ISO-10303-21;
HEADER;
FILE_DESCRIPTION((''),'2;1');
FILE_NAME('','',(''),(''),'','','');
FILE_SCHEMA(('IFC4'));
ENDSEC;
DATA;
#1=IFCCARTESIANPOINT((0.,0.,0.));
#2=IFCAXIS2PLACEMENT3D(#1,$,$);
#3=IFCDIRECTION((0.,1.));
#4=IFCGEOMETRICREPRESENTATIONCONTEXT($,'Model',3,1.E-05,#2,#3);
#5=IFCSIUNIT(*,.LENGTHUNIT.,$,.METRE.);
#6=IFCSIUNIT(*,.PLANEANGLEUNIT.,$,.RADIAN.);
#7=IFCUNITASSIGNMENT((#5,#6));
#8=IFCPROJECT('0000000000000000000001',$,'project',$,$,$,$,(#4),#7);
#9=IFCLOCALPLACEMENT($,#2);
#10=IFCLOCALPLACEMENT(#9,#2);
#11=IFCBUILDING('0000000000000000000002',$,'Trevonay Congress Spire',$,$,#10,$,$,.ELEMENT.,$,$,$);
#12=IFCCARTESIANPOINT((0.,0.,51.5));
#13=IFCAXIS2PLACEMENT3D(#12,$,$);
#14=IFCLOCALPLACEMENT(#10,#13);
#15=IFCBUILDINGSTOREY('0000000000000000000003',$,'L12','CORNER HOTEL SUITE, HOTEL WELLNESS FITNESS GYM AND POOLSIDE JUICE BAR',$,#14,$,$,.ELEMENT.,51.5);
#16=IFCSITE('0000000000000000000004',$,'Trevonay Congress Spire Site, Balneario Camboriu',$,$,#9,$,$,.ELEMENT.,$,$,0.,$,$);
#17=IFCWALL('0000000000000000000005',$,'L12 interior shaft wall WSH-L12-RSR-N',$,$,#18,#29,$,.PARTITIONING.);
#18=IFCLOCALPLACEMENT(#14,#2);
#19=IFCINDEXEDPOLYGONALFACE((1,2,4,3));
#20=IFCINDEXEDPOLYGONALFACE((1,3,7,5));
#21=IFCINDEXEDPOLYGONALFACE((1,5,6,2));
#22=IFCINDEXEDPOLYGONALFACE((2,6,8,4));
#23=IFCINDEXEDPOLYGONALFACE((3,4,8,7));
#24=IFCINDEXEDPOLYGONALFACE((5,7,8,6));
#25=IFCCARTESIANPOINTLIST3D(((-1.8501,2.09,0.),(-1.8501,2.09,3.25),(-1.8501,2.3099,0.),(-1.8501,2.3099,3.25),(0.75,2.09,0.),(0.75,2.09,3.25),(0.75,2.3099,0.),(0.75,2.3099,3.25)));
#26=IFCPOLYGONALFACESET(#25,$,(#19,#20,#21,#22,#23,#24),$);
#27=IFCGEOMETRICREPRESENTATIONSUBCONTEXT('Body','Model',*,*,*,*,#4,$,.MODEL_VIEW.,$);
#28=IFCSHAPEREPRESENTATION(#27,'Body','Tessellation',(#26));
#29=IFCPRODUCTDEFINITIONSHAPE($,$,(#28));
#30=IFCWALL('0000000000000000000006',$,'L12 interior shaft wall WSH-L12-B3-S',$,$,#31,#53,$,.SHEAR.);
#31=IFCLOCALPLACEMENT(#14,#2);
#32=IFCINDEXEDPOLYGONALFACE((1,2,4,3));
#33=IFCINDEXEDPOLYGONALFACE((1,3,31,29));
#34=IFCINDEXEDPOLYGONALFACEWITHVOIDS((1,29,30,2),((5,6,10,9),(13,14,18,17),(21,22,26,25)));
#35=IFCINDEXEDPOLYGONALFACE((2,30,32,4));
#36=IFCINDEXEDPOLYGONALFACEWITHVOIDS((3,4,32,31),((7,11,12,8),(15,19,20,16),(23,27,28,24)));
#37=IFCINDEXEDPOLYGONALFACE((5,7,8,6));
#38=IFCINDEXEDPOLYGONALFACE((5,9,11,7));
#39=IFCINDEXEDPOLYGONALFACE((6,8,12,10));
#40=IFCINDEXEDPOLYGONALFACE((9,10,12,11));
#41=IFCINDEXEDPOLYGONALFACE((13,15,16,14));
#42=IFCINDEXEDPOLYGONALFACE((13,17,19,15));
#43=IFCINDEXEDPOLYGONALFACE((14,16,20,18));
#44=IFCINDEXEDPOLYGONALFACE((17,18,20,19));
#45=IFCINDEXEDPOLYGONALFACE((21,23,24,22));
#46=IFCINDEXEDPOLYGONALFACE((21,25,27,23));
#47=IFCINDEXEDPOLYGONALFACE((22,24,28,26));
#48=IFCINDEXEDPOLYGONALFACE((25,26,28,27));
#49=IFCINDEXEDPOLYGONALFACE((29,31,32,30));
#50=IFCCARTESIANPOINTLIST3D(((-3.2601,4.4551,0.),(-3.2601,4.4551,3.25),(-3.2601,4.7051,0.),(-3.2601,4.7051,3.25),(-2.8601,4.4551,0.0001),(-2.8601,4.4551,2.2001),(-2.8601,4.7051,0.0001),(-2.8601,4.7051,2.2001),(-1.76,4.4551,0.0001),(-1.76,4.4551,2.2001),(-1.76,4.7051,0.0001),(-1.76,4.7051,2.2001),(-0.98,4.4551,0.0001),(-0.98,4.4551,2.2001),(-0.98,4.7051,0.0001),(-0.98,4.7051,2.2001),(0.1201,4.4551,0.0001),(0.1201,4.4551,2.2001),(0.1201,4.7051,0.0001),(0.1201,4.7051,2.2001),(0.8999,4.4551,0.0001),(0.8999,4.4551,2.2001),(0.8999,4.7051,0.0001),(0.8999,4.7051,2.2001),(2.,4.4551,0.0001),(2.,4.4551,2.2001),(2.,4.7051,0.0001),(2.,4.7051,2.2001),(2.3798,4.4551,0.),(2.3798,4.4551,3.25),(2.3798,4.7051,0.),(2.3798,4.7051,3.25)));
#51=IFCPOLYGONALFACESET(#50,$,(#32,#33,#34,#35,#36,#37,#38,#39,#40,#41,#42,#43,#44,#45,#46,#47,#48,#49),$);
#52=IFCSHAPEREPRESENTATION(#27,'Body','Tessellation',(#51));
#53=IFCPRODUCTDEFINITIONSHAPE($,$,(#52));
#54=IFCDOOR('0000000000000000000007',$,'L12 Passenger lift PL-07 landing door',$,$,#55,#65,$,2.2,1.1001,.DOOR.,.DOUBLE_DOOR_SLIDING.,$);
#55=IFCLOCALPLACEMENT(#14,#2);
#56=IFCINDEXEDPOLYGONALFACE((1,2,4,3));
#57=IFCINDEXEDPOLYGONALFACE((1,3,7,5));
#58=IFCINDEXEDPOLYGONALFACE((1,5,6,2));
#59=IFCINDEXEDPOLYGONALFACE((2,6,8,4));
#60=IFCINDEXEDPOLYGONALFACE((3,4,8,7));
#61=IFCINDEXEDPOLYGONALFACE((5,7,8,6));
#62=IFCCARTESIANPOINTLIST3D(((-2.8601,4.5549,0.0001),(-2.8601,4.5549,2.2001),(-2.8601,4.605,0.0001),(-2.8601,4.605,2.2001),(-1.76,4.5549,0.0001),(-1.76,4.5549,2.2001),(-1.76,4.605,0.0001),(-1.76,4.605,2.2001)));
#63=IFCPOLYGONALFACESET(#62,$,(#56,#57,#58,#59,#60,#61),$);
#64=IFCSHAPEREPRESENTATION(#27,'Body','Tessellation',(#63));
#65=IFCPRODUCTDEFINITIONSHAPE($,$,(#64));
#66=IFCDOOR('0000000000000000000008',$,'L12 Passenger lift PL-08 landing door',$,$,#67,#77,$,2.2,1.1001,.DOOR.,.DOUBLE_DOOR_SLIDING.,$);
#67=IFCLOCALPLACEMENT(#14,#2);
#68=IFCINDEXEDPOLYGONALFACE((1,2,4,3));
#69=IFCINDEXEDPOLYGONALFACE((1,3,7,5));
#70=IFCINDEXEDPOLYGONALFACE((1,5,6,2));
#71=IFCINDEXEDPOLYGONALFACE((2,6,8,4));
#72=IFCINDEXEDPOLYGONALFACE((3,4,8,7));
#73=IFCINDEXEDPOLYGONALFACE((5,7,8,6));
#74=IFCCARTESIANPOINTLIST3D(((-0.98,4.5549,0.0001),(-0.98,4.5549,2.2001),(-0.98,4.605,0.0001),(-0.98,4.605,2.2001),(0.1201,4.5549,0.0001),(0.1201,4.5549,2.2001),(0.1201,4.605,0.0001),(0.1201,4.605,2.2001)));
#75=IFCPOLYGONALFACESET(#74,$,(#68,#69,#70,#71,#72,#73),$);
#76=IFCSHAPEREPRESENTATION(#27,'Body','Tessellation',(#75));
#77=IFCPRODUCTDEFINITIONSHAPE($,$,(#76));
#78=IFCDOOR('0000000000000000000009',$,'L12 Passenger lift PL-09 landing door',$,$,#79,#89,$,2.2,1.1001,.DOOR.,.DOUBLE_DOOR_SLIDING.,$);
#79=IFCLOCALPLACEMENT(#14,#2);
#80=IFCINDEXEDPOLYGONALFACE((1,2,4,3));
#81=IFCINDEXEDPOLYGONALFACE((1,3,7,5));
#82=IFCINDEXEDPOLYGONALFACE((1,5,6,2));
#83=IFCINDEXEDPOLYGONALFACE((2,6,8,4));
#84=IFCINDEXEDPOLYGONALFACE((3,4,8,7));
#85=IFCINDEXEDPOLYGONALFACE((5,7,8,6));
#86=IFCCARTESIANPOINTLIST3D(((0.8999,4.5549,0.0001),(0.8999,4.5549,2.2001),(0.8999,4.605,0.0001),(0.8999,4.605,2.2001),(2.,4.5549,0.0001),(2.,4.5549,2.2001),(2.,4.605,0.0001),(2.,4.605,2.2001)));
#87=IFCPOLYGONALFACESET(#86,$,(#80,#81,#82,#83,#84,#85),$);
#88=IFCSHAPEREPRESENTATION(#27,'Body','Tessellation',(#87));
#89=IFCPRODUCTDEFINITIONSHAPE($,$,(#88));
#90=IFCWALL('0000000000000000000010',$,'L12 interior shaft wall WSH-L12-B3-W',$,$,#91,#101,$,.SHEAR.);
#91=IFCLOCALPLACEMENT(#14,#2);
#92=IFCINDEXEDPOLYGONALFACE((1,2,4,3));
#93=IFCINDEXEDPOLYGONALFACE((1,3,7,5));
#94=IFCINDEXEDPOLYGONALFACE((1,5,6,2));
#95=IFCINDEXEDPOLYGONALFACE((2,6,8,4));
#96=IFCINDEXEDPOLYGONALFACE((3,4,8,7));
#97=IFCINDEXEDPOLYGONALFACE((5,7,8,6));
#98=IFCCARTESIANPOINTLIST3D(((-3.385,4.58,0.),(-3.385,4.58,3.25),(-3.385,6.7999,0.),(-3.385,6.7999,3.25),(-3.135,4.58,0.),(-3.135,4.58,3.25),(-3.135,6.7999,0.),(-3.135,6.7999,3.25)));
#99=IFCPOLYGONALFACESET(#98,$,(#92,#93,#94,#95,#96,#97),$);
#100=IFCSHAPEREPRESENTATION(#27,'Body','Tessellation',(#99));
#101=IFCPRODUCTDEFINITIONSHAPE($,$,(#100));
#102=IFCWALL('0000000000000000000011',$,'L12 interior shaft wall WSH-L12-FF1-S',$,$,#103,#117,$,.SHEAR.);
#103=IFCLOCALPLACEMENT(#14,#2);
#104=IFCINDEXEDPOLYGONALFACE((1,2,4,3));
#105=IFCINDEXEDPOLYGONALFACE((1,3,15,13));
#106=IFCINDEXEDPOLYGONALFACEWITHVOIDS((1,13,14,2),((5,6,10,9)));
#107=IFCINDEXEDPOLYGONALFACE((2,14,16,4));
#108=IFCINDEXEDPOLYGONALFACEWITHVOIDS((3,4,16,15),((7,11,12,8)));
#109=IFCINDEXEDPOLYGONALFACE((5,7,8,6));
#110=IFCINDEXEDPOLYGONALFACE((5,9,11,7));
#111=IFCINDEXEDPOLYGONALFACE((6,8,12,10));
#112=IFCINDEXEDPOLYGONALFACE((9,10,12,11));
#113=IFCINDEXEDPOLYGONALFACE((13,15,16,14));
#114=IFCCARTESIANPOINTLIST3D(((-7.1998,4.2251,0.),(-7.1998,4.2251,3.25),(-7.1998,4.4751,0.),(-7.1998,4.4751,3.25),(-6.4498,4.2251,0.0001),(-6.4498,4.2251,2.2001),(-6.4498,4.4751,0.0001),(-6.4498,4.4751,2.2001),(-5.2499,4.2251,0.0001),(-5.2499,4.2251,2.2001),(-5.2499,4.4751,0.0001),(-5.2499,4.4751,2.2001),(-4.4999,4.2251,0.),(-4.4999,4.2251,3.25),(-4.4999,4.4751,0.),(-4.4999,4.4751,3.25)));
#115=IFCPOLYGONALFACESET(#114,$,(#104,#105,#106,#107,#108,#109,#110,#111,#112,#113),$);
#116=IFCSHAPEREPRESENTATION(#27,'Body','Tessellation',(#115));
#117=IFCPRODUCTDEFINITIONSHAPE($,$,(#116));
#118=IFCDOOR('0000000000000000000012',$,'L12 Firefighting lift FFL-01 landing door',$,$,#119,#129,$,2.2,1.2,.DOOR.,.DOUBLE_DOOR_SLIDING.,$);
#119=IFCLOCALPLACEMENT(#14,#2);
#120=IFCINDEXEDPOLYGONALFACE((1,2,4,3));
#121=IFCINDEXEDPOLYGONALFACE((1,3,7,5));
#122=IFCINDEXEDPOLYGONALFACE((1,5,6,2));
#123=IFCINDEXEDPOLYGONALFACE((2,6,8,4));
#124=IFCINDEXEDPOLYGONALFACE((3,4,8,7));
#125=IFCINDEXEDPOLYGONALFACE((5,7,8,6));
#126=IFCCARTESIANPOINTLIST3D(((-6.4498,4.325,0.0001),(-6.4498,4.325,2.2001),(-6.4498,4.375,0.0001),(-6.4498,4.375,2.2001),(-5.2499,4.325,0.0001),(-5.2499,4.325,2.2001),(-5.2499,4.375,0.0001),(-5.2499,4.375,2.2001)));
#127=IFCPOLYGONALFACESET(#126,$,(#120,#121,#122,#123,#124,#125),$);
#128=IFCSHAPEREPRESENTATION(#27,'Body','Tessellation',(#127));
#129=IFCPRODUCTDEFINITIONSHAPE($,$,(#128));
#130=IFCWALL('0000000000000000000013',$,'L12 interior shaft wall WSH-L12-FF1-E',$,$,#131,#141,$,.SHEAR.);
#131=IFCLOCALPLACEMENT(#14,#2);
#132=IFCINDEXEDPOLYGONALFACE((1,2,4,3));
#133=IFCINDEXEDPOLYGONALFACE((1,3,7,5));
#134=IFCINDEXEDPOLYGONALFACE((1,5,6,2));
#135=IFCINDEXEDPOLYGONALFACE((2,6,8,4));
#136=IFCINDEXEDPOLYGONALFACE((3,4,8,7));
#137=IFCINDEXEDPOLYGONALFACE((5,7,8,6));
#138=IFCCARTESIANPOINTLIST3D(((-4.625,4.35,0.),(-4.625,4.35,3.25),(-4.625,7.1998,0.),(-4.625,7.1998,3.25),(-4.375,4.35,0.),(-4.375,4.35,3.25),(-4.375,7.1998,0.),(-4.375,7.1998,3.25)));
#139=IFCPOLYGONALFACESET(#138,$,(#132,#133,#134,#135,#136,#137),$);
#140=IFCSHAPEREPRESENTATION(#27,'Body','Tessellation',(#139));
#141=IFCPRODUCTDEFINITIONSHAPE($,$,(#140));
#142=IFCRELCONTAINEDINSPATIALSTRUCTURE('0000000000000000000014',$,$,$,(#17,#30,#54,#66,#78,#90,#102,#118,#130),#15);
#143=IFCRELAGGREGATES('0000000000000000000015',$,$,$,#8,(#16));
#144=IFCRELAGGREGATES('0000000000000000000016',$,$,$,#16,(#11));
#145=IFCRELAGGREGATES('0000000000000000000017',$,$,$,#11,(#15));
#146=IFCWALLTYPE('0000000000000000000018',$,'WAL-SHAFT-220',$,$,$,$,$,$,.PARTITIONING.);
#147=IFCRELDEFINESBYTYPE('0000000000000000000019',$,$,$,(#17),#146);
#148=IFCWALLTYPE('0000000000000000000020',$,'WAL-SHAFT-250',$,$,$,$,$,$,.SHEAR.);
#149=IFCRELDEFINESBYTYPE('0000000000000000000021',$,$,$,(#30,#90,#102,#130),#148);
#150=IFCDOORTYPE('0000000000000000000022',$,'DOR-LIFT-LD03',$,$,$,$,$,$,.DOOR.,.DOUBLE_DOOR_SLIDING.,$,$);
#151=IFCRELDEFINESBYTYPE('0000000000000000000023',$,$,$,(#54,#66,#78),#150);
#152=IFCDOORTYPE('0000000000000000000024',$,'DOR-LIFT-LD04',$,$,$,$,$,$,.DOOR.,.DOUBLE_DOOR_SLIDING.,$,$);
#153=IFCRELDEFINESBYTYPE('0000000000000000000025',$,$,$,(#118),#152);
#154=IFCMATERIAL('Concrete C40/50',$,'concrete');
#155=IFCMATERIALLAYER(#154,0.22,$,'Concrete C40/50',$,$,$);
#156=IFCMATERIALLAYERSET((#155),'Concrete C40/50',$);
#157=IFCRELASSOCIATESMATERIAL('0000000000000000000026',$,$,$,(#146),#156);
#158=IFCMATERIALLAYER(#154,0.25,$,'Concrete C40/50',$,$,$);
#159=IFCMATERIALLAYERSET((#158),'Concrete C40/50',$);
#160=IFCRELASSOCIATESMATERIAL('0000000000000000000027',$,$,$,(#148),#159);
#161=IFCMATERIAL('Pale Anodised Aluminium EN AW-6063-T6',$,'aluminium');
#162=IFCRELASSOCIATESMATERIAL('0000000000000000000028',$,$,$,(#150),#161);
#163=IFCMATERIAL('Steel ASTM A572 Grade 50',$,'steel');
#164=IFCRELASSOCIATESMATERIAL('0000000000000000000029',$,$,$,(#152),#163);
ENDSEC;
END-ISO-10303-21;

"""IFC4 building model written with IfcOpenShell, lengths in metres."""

from ifc_helpers import new_model, si_unit, direction, frame, frame_2d, origin, place, context, subcontext, project, spatial, rectangle, extrude, material, layer, layer_set, type_object, element, fill, save


model = new_model("IFC4")

# Units and contexts
model_context = context("Model", 3, precision=1e-05, world=origin(), true_north=direction((0.0, 1.0)))
body_context = subcontext(model_context, "Body", "Model", "MODEL_VIEW")
ifc_project = project(units=[si_unit("LENGTHUNIT", "METRE"), si_unit("PLANEANGLEUNIT", "RADIAN")], contexts=[model_context])

# Site, building, storey
site_placement = place(None, origin())
site = spatial("IfcSite", under=ifc_project, at=site_placement, Name="Trevonay Congress Spire Site, Balneario Camboriu", CompositionType="ELEMENT", RefElevation=0.0)
building_placement = place(site_placement, origin())
building = spatial("IfcBuilding", under=site, at=building_placement, Name="Trevonay Congress Spire", CompositionType="ELEMENT")
storey_placement = place(building_placement, frame((0.0, 0.0, 51.5)))
storey = spatial("IfcBuildingStorey", under=building, at=storey_placement, Name="L12", Description="CORNER HOTEL SUITE, HOTEL WELLNESS FITNESS GYM AND POOLSIDE JUICE BAR", CompositionType="ELEMENT", Elevation=51.5)

# Shared definitions
ifc_material_1 = material(Name="Steel ASTM A572 Grade 50", Category="steel")

# Shared definitions
ifc_material_2 = material(Name="Pale Anodised Aluminium EN AW-6063-T6", Category="aluminium")

# Wall
ifc_material_3 = material(Name="Concrete C40/50", Category="concrete")
ifc_layer_1 = layer(ifc_material_3, 0.22, Name="Concrete C40/50")
ifc_layer_set_1 = layer_set([ifc_layer_1], Name="Concrete C40/50")
wall_type_1 = type_object("IfcWallType", Name="WAL-SHAFT-220", PredefinedType="PARTITIONING", material=ifc_layer_set_1)
wall_1_placement = place(storey_placement, frame((-1.8501, 2.2, 0.0), z_axis=(0.0, 0.0, 1.0), x_axis=(1.0, 0.0, 0.0)))
element("IfcWall", 1, at=wall_1_placement, inside=storey, type_object=wall_type_1, Name="L12 interior shaft wall WSH-L12-RSR-N", PredefinedType="PARTITIONING", context=body_context, shape_type="SweptSolid", body=[
    extrude(rectangle(XDim=2.6001, YDim=0.22, at=frame_2d((1.3, 0.0))), origin(), (0.0, 0.0, 1.0), 3.25),
])

# Wall, openings, doors
ifc_layer_2 = layer(ifc_material_3, 0.25, Name="Concrete C40/50")
ifc_layer_set_2 = layer_set([ifc_layer_2], Name="Concrete C40/50")
wall_type_2 = type_object("IfcWallType", Name="WAL-SHAFT-250", PredefinedType="SHEAR", material=ifc_layer_set_2)
wall_2_placement = place(storey_placement, frame((-3.26, 4.5801, 0.0), z_axis=(0.0, 0.0, 1.0), x_axis=(1.0, 0.0, 0.0)))
wall_2 = element("IfcWall", 2, at=wall_2_placement, inside=storey, type_object=wall_type_2, Name="L12 interior shaft wall WSH-L12-B3-S", PredefinedType="SHEAR", context=body_context, shape_type="SweptSolid", body=[
    extrude(rectangle(XDim=5.6399, YDim=0.25, at=frame_2d((2.8198, 0.0))), origin(), (0.0, 0.0, 1.0), 3.25),
])
opening_1_placement = place(wall_2_placement, frame((0.3999, 0.0, 0.0)))
opening_1 = element("IfcOpeningElement", 3, at=opening_1_placement, cuts=wall_2, PredefinedType="OPENING", context=body_context, shape_type="SweptSolid", body=[
    extrude(rectangle(XDim=1.1001, YDim=2.2, at=frame_2d((0.55, 1.1001))), frame((0.0, 0.135, 0.0), z_axis=(0.0, -1.0, 0.0), x_axis=(1.0, 0.0, 0.0)), (0.0, 0.0, 1.0), 0.27),
])
opening_2_placement = place(wall_2_placement, frame((2.28, 0.0, 0.0)))
opening_2 = element("IfcOpeningElement", 4, at=opening_2_placement, cuts=wall_2, PredefinedType="OPENING", context=body_context, shape_type="SweptSolid", body=[
    extrude(rectangle(XDim=1.1001, YDim=2.2, at=frame_2d((0.55, 1.1001))), frame((0.0, 0.135, 0.0), z_axis=(0.0, -1.0, 0.0), x_axis=(1.0, 0.0, 0.0)), (0.0, 0.0, 1.0), 0.27),
])
opening_3_placement = place(wall_2_placement, frame((4.1599, 0.0, 0.0)))
opening_3 = element("IfcOpeningElement", 5, at=opening_3_placement, cuts=wall_2, PredefinedType="OPENING", context=body_context, shape_type="SweptSolid", body=[
    extrude(rectangle(XDim=1.1001, YDim=2.2, at=frame_2d((0.55, 1.1001))), frame((0.0, 0.135, 0.0), z_axis=(0.0, -1.0, 0.0), x_axis=(1.0, 0.0, 0.0)), (0.0, 0.0, 1.0), 0.27),
])
door_type_1 = type_object("IfcDoorType", Name="DOR-LIFT-LD03", OperationType="DOUBLE_DOOR_SLIDING", PredefinedType="DOOR", material=ifc_material_2)
door_1_placement = place(opening_1_placement, origin())
door_1 = element("IfcDoor", 6, at=door_1_placement, inside=storey, type_object=door_type_1, Name="L12 Passenger lift PL-07 landing door", OperationType="DOUBLE_DOOR_SLIDING", OverallHeight=2.2, OverallWidth=1.1001, PredefinedType="DOOR", context=body_context, shape_type="SweptSolid", body=[
    extrude(rectangle(XDim=1.1001, YDim=2.2, at=frame_2d((0.55, 1.1001))), frame((0.0, 0.0249, 0.0), z_axis=(0.0, -1.0, 0.0), x_axis=(1.0, 0.0, 0.0)), (0.0, 0.0, 1.0), 0.05),
])
fill(opening_1, door_1)
door_2_placement = place(opening_2_placement, origin())
door_2 = element("IfcDoor", 7, at=door_2_placement, inside=storey, type_object=door_type_1, Name="L12 Passenger lift PL-08 landing door", OperationType="DOUBLE_DOOR_SLIDING", OverallHeight=2.2, OverallWidth=1.1001, PredefinedType="DOOR", context=body_context, shape_type="SweptSolid", body=[
    extrude(rectangle(XDim=1.1001, YDim=2.2, at=frame_2d((0.55, 1.1001))), frame((0.0, 0.0249, 0.0), z_axis=(0.0, -1.0, 0.0), x_axis=(1.0, 0.0, 0.0)), (0.0, 0.0, 1.0), 0.05),
])
fill(opening_2, door_2)
door_3_placement = place(opening_3_placement, origin())
door_3 = element("IfcDoor", 8, at=door_3_placement, inside=storey, type_object=door_type_1, Name="L12 Passenger lift PL-09 landing door", OperationType="DOUBLE_DOOR_SLIDING", OverallHeight=2.2, OverallWidth=1.1001, PredefinedType="DOOR", context=body_context, shape_type="SweptSolid", body=[
    extrude(rectangle(XDim=1.1001, YDim=2.2, at=frame_2d((0.55, 1.1001))), frame((0.0, 0.0249, 0.0), z_axis=(0.0, -1.0, 0.0), x_axis=(1.0, 0.0, 0.0)), (0.0, 0.0, 1.0), 0.05),
])
fill(opening_3, door_3)

# Wall
wall_3_placement = place(storey_placement, frame((-3.26, 4.5801, 0.0), z_axis=(0.0, 0.0, 1.0), x_axis=(0.0, 1.0, 0.0)))
element("IfcWall", 9, at=wall_3_placement, inside=storey, type_object=wall_type_2, Name="L12 interior shaft wall WSH-L12-B3-W", PredefinedType="SHEAR", context=body_context, shape_type="SweptSolid", body=[
    extrude(rectangle(XDim=2.22, YDim=0.25, at=frame_2d((1.1099, 0.0))), origin(), (0.0, 0.0, 1.0), 3.25),
])

# Wall, opening, door
wall_4_placement = place(storey_placement, frame((-7.2, 4.3501, 0.0), z_axis=(0.0, 0.0, 1.0), x_axis=(1.0, 0.0, 0.0)))
wall_4 = element("IfcWall", 10, at=wall_4_placement, inside=storey, type_object=wall_type_2, Name="L12 interior shaft wall WSH-L12-FF1-S", PredefinedType="SHEAR", context=body_context, shape_type="SweptSolid", body=[
    extrude(rectangle(XDim=2.7, YDim=0.25, at=frame_2d((1.3501, 0.0))), origin(), (0.0, 0.0, 1.0), 3.25),
])
opening_4_placement = place(wall_4_placement, frame((0.75, 0.0, 0.0)))
opening_4 = element("IfcOpeningElement", 11, at=opening_4_placement, cuts=wall_4, PredefinedType="OPENING", context=body_context, shape_type="SweptSolid", body=[
    extrude(rectangle(XDim=1.2, YDim=2.2, at=frame_2d((0.6001, 1.1001))), frame((0.0, 0.135, 0.0), z_axis=(0.0, -1.0, 0.0), x_axis=(1.0, 0.0, 0.0)), (0.0, 0.0, 1.0), 0.27),
])
door_type_2 = type_object("IfcDoorType", Name="DOR-LIFT-LD04", OperationType="DOUBLE_DOOR_SLIDING", PredefinedType="DOOR", material=ifc_material_1)
door_4_placement = place(opening_4_placement, origin())
door_4 = element("IfcDoor", 12, at=door_4_placement, inside=storey, type_object=door_type_2, Name="L12 Firefighting lift FFL-01 landing door", OperationType="DOUBLE_DOOR_SLIDING", OverallHeight=2.2, OverallWidth=1.2, PredefinedType="DOOR", context=body_context, shape_type="SweptSolid", body=[
    extrude(rectangle(XDim=1.2, YDim=2.2, at=frame_2d((0.6001, 1.1001))), frame((0.0, 0.0249, 0.0), z_axis=(0.0, -1.0, 0.0), x_axis=(1.0, 0.0, 0.0)), (0.0, 0.0, 1.0), 0.05),
])
fill(opening_4, door_4)

# Wall
wall_5_placement = place(storey_placement, frame((-4.5, 4.3501, 0.0), z_axis=(0.0, 0.0, 1.0), x_axis=(0.0, 1.0, 0.0)))
element("IfcWall", 13, at=wall_5_placement, inside=storey, type_object=wall_type_2, Name="L12 interior shaft wall WSH-L12-FF1-E", PredefinedType="SHEAR", context=body_context, shape_type="SweptSolid", body=[
    extrude(rectangle(XDim=2.8499, YDim=0.25, at=frame_2d((1.4248, 0.0))), origin(), (0.0, 0.0, 1.0), 3.25),
])

save(model, "model.ifc")
